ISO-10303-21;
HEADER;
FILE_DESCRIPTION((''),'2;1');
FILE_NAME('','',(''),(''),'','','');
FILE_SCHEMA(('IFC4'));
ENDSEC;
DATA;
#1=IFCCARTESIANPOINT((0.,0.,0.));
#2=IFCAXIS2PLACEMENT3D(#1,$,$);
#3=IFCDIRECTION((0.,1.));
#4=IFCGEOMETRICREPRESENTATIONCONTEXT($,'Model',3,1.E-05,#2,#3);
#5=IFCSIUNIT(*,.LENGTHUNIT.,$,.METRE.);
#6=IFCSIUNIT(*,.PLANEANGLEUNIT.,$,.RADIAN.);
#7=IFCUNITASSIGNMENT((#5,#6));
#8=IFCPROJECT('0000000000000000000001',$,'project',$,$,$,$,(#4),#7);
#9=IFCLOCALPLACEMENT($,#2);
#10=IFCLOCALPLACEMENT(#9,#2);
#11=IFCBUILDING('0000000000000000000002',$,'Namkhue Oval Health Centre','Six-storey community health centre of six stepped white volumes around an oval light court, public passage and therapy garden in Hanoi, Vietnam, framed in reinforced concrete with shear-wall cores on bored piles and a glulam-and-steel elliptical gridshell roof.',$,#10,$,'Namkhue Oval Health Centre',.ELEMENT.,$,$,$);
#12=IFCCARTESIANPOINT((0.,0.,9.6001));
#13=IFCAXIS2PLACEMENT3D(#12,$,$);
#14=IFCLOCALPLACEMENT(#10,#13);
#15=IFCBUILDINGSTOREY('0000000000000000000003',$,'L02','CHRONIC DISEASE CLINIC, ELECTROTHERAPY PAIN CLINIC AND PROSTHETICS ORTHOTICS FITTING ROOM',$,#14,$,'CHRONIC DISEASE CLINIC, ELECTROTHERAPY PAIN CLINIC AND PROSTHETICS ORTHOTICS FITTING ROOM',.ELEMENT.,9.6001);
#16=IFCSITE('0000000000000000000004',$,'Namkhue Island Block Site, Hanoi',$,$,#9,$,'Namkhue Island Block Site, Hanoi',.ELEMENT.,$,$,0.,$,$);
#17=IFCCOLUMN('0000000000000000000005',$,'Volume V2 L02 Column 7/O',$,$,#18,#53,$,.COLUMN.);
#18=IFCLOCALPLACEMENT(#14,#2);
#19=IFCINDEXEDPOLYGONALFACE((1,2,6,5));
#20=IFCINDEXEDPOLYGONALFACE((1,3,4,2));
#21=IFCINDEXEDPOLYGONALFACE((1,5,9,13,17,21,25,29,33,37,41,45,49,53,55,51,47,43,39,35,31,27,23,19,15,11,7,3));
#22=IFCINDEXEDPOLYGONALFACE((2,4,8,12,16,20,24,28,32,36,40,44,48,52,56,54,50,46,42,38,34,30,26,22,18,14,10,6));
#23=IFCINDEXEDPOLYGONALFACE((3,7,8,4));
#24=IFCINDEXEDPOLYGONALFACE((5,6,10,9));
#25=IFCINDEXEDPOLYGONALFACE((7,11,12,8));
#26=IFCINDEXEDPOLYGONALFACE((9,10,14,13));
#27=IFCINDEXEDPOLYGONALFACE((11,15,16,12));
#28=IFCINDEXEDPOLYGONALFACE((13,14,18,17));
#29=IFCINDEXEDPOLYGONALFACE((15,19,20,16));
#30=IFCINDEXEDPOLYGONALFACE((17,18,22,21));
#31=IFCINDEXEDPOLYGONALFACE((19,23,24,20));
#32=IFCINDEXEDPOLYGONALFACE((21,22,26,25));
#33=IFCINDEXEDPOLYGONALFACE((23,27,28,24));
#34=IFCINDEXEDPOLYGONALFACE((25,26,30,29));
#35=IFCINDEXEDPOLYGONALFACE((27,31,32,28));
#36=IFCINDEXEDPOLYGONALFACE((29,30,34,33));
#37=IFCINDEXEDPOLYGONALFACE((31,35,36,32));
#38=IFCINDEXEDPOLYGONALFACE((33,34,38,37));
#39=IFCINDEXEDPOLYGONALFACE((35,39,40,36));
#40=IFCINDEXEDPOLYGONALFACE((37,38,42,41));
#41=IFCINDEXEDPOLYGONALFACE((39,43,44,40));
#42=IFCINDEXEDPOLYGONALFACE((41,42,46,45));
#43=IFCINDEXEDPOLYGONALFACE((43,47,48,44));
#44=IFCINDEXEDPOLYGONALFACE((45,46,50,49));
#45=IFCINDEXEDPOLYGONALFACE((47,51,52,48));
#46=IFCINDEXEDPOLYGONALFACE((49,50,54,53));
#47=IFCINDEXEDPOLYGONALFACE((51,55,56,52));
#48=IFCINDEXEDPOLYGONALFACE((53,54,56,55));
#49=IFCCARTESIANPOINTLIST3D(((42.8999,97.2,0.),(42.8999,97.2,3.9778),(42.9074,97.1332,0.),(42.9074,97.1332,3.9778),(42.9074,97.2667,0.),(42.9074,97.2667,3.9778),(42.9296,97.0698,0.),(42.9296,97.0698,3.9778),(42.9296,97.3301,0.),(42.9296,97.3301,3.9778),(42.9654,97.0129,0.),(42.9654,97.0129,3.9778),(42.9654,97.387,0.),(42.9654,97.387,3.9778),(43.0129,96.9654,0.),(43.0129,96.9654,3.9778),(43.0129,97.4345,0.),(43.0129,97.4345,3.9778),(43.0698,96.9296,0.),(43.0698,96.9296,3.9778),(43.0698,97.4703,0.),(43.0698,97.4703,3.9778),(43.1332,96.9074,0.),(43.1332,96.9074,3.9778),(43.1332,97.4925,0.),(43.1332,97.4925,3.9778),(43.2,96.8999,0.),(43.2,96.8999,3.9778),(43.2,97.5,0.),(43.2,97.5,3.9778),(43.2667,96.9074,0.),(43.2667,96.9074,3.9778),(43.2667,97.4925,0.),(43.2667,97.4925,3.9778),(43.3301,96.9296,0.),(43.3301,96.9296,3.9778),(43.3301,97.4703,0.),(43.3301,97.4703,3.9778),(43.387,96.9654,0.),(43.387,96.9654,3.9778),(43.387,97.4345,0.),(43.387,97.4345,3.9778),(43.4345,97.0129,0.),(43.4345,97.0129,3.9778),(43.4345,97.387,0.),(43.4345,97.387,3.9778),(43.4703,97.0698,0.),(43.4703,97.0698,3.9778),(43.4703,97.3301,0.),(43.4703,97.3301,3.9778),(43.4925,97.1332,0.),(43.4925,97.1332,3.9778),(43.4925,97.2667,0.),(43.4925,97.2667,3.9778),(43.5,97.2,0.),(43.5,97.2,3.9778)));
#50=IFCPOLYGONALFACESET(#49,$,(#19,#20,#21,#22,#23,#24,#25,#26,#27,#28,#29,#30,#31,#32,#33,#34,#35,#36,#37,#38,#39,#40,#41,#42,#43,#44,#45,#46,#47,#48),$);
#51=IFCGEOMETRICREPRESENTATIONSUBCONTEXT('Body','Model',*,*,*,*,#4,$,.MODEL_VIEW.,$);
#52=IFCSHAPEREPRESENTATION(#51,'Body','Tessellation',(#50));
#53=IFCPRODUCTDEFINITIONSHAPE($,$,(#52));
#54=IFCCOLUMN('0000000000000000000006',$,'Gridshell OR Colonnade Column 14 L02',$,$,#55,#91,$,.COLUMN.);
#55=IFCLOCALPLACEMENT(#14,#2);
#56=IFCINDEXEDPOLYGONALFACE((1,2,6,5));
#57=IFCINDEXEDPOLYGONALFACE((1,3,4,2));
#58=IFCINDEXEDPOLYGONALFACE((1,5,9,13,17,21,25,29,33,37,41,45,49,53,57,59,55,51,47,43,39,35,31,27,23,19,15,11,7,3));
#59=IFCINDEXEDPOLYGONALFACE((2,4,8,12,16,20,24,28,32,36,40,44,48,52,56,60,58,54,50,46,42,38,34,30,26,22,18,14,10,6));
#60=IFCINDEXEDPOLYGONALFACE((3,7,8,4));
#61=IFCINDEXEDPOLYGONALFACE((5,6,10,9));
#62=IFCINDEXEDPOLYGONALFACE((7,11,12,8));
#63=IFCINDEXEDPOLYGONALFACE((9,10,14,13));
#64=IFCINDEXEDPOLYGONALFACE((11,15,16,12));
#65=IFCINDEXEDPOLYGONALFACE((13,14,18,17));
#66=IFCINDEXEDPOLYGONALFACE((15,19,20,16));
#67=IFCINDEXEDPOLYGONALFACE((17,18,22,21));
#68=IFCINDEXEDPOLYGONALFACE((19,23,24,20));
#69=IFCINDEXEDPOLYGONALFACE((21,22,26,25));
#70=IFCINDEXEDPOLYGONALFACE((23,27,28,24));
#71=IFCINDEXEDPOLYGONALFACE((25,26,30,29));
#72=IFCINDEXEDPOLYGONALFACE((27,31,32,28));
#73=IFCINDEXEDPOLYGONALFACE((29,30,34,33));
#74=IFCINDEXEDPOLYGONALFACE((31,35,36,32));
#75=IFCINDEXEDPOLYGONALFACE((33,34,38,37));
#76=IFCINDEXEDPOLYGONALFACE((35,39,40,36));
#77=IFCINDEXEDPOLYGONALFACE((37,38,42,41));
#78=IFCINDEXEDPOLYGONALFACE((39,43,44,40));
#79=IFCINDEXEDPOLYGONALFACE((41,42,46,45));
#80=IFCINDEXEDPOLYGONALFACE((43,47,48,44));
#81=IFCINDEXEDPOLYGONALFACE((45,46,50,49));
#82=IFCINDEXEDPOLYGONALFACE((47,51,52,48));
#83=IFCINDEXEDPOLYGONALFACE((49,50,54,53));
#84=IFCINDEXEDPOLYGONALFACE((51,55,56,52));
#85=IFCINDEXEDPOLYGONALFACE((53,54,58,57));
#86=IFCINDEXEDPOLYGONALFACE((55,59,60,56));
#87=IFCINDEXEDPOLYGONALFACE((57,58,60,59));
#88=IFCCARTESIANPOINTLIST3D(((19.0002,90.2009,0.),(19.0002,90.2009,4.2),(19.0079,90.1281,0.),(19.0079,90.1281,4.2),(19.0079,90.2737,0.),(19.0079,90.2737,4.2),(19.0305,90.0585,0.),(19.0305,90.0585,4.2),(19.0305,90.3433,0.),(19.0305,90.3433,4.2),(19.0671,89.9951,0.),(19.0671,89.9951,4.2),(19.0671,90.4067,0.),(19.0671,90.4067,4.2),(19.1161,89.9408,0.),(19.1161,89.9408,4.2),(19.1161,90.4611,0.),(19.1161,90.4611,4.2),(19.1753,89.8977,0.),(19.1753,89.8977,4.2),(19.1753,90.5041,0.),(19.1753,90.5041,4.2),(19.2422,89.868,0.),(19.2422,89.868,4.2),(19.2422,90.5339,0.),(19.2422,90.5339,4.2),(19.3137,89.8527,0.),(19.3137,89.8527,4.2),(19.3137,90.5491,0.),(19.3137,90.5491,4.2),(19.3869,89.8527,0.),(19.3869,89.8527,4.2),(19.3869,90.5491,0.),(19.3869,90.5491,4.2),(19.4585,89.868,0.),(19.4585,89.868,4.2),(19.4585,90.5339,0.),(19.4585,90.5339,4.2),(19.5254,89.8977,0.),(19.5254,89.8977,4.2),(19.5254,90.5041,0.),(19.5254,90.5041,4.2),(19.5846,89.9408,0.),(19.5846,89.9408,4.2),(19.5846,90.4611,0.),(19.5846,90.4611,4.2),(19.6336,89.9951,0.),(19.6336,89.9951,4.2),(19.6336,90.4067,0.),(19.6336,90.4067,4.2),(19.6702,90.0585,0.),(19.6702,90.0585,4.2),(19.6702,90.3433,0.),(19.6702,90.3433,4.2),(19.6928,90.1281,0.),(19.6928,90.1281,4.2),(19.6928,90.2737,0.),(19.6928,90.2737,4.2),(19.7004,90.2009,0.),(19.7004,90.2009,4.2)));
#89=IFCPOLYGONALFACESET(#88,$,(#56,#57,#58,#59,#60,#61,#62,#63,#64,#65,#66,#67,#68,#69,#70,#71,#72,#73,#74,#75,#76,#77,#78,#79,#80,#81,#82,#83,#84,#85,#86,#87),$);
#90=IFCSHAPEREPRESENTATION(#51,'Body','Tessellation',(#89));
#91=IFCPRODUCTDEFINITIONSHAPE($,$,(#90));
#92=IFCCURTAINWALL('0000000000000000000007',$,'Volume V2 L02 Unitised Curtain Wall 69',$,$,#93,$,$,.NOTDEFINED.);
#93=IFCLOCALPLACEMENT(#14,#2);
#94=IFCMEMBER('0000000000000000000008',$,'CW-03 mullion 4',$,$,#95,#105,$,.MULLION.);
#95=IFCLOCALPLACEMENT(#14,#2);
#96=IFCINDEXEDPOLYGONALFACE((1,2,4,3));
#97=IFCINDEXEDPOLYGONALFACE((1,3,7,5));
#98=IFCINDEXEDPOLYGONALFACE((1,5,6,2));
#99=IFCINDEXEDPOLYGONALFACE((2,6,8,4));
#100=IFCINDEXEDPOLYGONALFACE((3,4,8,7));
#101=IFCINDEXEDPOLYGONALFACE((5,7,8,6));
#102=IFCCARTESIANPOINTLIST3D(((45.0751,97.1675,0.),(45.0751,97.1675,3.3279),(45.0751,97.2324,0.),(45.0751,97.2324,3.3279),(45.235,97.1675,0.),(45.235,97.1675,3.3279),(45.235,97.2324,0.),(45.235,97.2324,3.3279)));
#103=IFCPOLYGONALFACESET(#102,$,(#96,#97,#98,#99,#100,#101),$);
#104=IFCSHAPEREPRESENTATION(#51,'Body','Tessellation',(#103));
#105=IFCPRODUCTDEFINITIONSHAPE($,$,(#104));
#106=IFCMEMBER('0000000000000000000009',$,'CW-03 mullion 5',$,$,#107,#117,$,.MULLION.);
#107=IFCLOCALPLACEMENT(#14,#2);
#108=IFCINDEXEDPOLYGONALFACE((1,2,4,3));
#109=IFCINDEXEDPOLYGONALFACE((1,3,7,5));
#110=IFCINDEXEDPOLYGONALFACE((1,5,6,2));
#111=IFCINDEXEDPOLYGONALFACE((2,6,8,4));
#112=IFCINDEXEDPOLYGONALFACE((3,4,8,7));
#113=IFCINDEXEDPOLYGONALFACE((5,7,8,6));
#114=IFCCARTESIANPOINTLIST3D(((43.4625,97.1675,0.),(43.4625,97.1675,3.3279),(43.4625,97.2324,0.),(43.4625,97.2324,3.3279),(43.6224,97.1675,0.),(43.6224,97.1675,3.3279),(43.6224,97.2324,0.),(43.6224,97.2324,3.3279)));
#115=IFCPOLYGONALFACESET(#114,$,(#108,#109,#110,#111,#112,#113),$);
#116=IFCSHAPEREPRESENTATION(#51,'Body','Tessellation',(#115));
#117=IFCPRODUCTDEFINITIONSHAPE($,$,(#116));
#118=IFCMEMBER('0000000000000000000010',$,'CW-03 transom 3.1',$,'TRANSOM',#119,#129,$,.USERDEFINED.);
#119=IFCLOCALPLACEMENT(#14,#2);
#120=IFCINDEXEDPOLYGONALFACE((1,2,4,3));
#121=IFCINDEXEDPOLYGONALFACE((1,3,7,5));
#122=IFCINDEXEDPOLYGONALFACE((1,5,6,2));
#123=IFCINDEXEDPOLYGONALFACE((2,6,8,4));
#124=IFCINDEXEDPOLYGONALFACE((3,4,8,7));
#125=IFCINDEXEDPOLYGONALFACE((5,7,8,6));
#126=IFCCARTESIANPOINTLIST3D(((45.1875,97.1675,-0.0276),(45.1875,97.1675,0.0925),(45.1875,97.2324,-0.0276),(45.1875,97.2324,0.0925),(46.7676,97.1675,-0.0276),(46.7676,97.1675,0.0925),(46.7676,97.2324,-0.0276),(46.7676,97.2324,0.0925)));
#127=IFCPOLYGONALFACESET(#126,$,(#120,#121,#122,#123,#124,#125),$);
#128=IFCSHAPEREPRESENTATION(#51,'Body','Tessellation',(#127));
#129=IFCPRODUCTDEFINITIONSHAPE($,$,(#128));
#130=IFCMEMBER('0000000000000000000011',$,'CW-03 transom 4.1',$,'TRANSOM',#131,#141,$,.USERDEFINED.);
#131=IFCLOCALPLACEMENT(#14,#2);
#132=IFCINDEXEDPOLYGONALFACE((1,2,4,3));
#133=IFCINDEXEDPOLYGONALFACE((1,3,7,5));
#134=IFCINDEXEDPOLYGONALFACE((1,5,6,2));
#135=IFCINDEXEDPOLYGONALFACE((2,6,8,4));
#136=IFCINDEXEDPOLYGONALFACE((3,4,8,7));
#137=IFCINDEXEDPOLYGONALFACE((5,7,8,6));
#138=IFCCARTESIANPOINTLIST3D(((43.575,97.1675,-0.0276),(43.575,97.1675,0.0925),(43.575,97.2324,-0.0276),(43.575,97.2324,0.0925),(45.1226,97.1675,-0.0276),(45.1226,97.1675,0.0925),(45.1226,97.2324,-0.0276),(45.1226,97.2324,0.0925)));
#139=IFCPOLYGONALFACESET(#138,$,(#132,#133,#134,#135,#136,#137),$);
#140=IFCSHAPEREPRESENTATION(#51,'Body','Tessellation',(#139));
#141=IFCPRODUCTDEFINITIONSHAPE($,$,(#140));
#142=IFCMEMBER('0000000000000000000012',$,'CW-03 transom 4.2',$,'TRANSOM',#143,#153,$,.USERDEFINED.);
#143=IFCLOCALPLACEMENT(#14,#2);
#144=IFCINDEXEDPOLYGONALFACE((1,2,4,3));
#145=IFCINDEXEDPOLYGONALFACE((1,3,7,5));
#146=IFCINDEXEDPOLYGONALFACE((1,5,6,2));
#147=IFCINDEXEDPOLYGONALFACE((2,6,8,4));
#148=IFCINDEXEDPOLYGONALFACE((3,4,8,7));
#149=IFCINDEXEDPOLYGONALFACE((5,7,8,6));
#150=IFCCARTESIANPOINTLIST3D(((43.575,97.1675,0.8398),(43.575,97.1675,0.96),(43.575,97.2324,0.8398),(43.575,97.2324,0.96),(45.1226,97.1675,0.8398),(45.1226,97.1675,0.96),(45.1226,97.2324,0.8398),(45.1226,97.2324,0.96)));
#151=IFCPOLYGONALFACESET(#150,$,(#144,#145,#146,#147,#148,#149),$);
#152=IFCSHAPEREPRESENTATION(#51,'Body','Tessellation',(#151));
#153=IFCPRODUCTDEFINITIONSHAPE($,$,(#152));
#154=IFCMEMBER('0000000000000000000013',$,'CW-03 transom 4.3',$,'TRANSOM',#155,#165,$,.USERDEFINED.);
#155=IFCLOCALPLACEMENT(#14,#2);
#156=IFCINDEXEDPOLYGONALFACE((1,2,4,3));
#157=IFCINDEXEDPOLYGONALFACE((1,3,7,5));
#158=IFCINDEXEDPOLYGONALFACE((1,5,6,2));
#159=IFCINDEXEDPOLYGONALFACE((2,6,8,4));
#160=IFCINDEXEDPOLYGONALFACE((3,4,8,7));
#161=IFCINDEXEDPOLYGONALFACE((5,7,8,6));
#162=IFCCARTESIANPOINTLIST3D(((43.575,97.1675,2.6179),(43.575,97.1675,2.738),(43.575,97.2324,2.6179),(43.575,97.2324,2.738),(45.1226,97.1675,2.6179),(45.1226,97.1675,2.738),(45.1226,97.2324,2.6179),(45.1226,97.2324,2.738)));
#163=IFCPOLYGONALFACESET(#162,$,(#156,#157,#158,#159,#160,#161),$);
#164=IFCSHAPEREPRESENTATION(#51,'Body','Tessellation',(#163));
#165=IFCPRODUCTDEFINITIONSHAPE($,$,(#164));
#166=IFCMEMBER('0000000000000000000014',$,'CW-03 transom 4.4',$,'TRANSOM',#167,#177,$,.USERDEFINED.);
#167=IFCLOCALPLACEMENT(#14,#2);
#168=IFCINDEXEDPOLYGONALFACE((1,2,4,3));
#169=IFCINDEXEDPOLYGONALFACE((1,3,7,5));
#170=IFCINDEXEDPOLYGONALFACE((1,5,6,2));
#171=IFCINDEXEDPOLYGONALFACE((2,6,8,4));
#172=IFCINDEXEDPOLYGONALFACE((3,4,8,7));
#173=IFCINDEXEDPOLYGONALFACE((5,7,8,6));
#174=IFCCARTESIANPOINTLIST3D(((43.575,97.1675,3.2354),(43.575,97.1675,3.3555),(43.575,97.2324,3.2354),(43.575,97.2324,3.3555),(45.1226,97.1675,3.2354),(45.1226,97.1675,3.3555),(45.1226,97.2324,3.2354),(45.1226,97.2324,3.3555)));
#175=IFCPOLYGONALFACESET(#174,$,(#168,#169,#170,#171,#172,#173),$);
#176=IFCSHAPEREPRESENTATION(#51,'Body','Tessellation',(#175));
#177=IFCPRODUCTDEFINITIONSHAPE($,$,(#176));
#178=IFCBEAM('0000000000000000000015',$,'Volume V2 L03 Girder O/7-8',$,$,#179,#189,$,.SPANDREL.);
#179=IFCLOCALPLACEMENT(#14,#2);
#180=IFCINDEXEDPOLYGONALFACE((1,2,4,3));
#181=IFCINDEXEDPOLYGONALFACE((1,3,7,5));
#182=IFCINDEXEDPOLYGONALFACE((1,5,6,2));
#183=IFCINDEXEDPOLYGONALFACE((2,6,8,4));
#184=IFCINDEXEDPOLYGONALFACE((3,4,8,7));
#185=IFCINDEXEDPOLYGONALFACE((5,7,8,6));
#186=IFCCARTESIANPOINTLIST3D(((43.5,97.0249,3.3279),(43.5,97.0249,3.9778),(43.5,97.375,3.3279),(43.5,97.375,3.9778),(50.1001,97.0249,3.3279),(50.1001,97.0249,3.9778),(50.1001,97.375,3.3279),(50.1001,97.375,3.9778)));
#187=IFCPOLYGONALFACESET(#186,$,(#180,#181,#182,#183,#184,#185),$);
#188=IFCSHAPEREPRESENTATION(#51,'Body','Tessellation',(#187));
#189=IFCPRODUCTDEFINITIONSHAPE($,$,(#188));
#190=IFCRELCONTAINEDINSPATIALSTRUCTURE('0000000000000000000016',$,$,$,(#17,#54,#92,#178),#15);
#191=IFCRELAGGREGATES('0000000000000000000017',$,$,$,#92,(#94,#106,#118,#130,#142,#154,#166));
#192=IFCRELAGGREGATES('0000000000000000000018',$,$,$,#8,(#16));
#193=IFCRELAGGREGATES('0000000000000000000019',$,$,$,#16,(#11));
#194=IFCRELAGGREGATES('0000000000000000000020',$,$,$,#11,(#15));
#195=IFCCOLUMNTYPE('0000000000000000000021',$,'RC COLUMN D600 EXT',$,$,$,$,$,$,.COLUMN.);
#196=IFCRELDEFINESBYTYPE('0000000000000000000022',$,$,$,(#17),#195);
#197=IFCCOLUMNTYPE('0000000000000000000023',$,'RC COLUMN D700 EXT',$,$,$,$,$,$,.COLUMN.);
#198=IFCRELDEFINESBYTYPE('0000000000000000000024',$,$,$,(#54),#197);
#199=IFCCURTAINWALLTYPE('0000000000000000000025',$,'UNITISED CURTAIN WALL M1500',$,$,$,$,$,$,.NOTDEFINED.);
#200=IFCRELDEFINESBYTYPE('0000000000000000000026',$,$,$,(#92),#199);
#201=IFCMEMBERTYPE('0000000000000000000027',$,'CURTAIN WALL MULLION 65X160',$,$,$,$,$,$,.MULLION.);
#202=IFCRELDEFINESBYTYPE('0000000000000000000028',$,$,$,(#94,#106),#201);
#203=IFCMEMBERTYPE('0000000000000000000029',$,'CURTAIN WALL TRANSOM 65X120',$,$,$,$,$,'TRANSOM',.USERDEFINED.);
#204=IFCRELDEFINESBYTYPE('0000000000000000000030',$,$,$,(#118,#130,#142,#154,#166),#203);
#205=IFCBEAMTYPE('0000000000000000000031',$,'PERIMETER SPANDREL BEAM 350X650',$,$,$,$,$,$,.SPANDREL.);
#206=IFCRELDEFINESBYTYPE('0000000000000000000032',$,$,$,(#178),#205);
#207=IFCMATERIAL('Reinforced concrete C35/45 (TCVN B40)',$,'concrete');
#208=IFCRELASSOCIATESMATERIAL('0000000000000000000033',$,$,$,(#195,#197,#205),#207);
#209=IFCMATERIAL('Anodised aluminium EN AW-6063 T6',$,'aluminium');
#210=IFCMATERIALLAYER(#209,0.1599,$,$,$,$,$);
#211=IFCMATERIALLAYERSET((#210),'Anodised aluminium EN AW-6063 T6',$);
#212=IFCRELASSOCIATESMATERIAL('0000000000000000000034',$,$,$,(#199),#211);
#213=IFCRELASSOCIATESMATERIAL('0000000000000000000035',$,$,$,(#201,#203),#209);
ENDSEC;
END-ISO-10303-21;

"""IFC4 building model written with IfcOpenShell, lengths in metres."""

from ifc_helpers import new_model, si_unit, direction, frame, origin, origin_2d, place, context, subcontext, project, spatial, rectangle, circle, extrude, material, layer, layer_set, material_profile, profile_set, type_object, element, aggregate, save


model = new_model("IFC4")

# Units and contexts
model_context = context("Model", 3, precision=1e-05, world=origin(), true_north=direction((0.0, 1.0)))
body_context = subcontext(model_context, "Body", "Model", "MODEL_VIEW")
ifc_project = project(units=[si_unit("LENGTHUNIT", "METRE"), si_unit("PLANEANGLEUNIT", "RADIAN")], contexts=[model_context])

# Site, building, storey
site_placement = place(None, origin())
site = spatial("IfcSite", under=ifc_project, at=site_placement, Name="Namkhue Island Block Site, Hanoi", LongName="Namkhue Island Block Site, Hanoi", CompositionType="ELEMENT", RefElevation=0.0)
building_placement = place(site_placement, origin())
building = spatial("IfcBuilding", under=site, at=building_placement, Name="Namkhue Oval Health Centre", Description="Six-storey community health centre of six stepped white volumes around an oval light court, public passage and therapy garden in Hanoi, Vietnam, framed in reinforced concrete with shear-wall cores on bored piles and a glulam-and-steel elliptical gridshell roof.", LongName="Namkhue Oval Health Centre", CompositionType="ELEMENT")
storey_placement = place(building_placement, frame((0.0, 0.0, 9.6001)))
storey = spatial("IfcBuildingStorey", under=building, at=storey_placement, Name="L02", Description="CHRONIC DISEASE CLINIC, ELECTROTHERAPY PAIN CLINIC AND PROSTHETICS ORTHOTICS FITTING ROOM", LongName="CHRONIC DISEASE CLINIC, ELECTROTHERAPY PAIN CLINIC AND PROSTHETICS ORTHOTICS FITTING ROOM", CompositionType="ELEMENT", Elevation=9.6001)

# Columns
ifc_material_1 = material(Name="Reinforced concrete C35/45 (TCVN B40)", Category="concrete")
ifc_material_profile_1 = material_profile(ifc_material_1, circle(Radius=0.3, at=origin_2d()), Name="RC D600")
ifc_profile_set_1 = profile_set([ifc_material_profile_1], Name="Reinforced concrete C35/45 (TCVN B40)")
column_type_1 = type_object("IfcColumnType", Name="RC COLUMN D600 EXT", PredefinedType="COLUMN", material=ifc_profile_set_1)
column_1_placement = place(storey_placement, frame((43.2, 97.2, 0.0), z_axis=(0.0, 0.0, 1.0), x_axis=(1.0, 0.0, 0.0)))
element("IfcColumn", 1, at=column_1_placement, inside=storey, type_object=column_type_1, Name="Volume V2 L02 Column 7/O", PredefinedType="COLUMN", context=body_context, shape_type="SweptSolid", body=[
    extrude(circle(Radius=0.3, at=origin_2d()), origin(), (0.0, 0.0, 1.0), 3.9778),
])
ifc_material_profile_2 = material_profile(ifc_material_1, circle(Radius=0.3501, at=origin_2d()), Name="RC D700")
ifc_profile_set_2 = profile_set([ifc_material_profile_2], Name="Reinforced concrete C35/45 (TCVN B40)")
column_type_2 = type_object("IfcColumnType", Name="RC COLUMN D700 EXT", PredefinedType="COLUMN", material=ifc_profile_set_2)
column_2_placement = place(storey_placement, frame((19.3503, 90.2009, 0.0), z_axis=(0.0, 0.0, 1.0), x_axis=(1.0, 0.0, 0.0)))
element("IfcColumn", 2, at=column_2_placement, inside=storey, type_object=column_type_2, Name="Gridshell OR Colonnade Column 14 L02", PredefinedType="COLUMN", context=body_context, shape_type="SweptSolid", body=[
    extrude(circle(Radius=0.3501, at=origin_2d()), origin(), (0.0, 0.0, 1.0), 4.2),
])

# Curtain wall, members
ifc_material_2 = material(Name="Anodised aluminium EN AW-6063 T6", Category="aluminium")
ifc_layer_1 = layer(ifc_material_2, 0.1599)
ifc_layer_set_1 = layer_set([ifc_layer_1], Name="Anodised aluminium EN AW-6063 T6")
curtain_wall_type = type_object("IfcCurtainWallType", Name="UNITISED CURTAIN WALL M1500", PredefinedType="NOTDEFINED", material=ifc_layer_set_1)
curtain_wall_placement = place(storey_placement, origin())
curtain_wall = element("IfcCurtainWall", 3, at=curtain_wall_placement, inside=storey, type_object=curtain_wall_type, Name="Volume V2 L02 Unitised Curtain Wall 69", PredefinedType="NOTDEFINED")
ifc_material_profile_3 = material_profile(ifc_material_2, rectangle(XDim=0.0649, YDim=0.1599, at=origin_2d()), Name="ALU 65x160")
ifc_profile_set_3 = profile_set([ifc_material_profile_3], Name="Anodised aluminium EN AW-6063 T6")
member_type_1 = type_object("IfcMemberType", Name="CURTAIN WALL MULLION 65X160", PredefinedType="MULLION", material=ifc_profile_set_3)
member_1_placement = place(storey_placement, frame((45.155, 97.2, 0.0), z_axis=(0.0, 0.0, 1.0), x_axis=(0.0, -1.0, 0.0)))
member_1 = element("IfcMember", 4, at=member_1_placement, type_object=member_type_1, Name="CW-03 mullion 4", PredefinedType="MULLION", context=body_context, shape_type="SweptSolid", body=[
    extrude(rectangle(XDim=0.0649, YDim=0.1599, at=origin_2d()), origin(), (0.0, 0.0, 1.0), 3.3279),
])
member_2_placement = place(storey_placement, frame((43.5425, 97.2, 0.0), z_axis=(0.0, 0.0, 1.0), x_axis=(0.0, -1.0, 0.0)))
member_2 = element("IfcMember", 5, at=member_2_placement, type_object=member_type_1, Name="CW-03 mullion 5", PredefinedType="MULLION", context=body_context, shape_type="SweptSolid", body=[
    extrude(rectangle(XDim=0.0649, YDim=0.1599, at=origin_2d()), origin(), (0.0, 0.0, 1.0), 3.3279),
])
ifc_material_profile_4 = material_profile(ifc_material_2, rectangle(XDim=0.0649, YDim=0.1201, at=origin_2d()), Name="ALU 65x120")
ifc_profile_set_4 = profile_set([ifc_material_profile_4], Name="Anodised aluminium EN AW-6063 T6")
member_type_2 = type_object("IfcMemberType", Name="CURTAIN WALL TRANSOM 65X120", ElementType="TRANSOM", PredefinedType="USERDEFINED", material=ifc_profile_set_4)
member_3_placement = place(storey_placement, frame((46.7676, 97.2, 0.0325), z_axis=(-1.0, 0.0, 0.0), x_axis=(0.0, -1.0, 0.0)))
member_3 = element("IfcMember", 6, at=member_3_placement, type_object=member_type_2, Name="CW-03 transom 3.1", ObjectType="TRANSOM", PredefinedType="USERDEFINED", context=body_context, shape_type="SweptSolid", body=[
    extrude(rectangle(XDim=0.0649, YDim=0.1201, at=origin_2d()), origin(), (0.0, 0.0, 1.0), 1.5801),
])
member_4_placement = place(storey_placement, frame((45.1226, 97.2, 0.0325), z_axis=(-1.0, 0.0, 0.0), x_axis=(0.0, -1.0, 0.0)))
member_4 = element("IfcMember", 7, at=member_4_placement, type_object=member_type_2, Name="CW-03 transom 4.1", ObjectType="TRANSOM", PredefinedType="USERDEFINED", context=body_context, shape_type="SweptSolid", body=[
    extrude(rectangle(XDim=0.0649, YDim=0.1201, at=origin_2d()), origin(), (0.0, 0.0, 1.0), 1.5476),
])
member_5_placement = place(storey_placement, frame((45.1226, 97.2, 0.8999), z_axis=(-1.0, 0.0, 0.0), x_axis=(0.0, -1.0, 0.0)))
member_5 = element("IfcMember", 8, at=member_5_placement, type_object=member_type_2, Name="CW-03 transom 4.2", ObjectType="TRANSOM", PredefinedType="USERDEFINED", context=body_context, shape_type="SweptSolid", body=[
    extrude(rectangle(XDim=0.0649, YDim=0.1201, at=origin_2d()), origin(), (0.0, 0.0, 1.0), 1.5476),
])
member_6_placement = place(storey_placement, frame((45.1226, 97.2, 2.678), z_axis=(-1.0, 0.0, 0.0), x_axis=(0.0, -1.0, 0.0)))
member_6 = element("IfcMember", 9, at=member_6_placement, type_object=member_type_2, Name="CW-03 transom 4.3", ObjectType="TRANSOM", PredefinedType="USERDEFINED", context=body_context, shape_type="SweptSolid", body=[
    extrude(rectangle(XDim=0.0649, YDim=0.1201, at=origin_2d()), origin(), (0.0, 0.0, 1.0), 1.5476),
])
member_7_placement = place(storey_placement, frame((45.1226, 97.2, 3.2954), z_axis=(-1.0, 0.0, 0.0), x_axis=(0.0, -1.0, 0.0)))
member_7 = element("IfcMember", 10, at=member_7_placement, type_object=member_type_2, Name="CW-03 transom 4.4", ObjectType="TRANSOM", PredefinedType="USERDEFINED", context=body_context, shape_type="SweptSolid", body=[
    extrude(rectangle(XDim=0.0649, YDim=0.1201, at=origin_2d()), origin(), (0.0, 0.0, 1.0), 1.5476),
])

# Beam
ifc_material_profile_5 = material_profile(ifc_material_1, rectangle(XDim=0.3501, YDim=0.6499, at=origin_2d()), Name="RC 350x650")
ifc_profile_set_5 = profile_set([ifc_material_profile_5], Name="Reinforced concrete C35/45 (TCVN B40)")
beam_type_1 = type_object("IfcBeamType", Name="PERIMETER SPANDREL BEAM 350X650", PredefinedType="SPANDREL", material=ifc_profile_set_5)
beam_1_placement = place(storey_placement, frame((43.5, 97.2, 3.6528), z_axis=(1.0, 0.0, 0.0), x_axis=(0.0, 1.0, 0.0)))
element("IfcBeam", 11, at=beam_1_placement, inside=storey, type_object=beam_type_1, Name="Volume V2 L03 Girder O/7-8", PredefinedType="SPANDREL", context=body_context, shape_type="SweptSolid", body=[
    extrude(rectangle(XDim=0.3501, YDim=0.6499, at=origin_2d()), origin(), (0.0, 0.0, 1.0), 6.6001),
])

aggregate(curtain_wall, [member_1, member_2, member_3, member_4, member_5, member_6, member_7])

save(model, "model.ifc")
